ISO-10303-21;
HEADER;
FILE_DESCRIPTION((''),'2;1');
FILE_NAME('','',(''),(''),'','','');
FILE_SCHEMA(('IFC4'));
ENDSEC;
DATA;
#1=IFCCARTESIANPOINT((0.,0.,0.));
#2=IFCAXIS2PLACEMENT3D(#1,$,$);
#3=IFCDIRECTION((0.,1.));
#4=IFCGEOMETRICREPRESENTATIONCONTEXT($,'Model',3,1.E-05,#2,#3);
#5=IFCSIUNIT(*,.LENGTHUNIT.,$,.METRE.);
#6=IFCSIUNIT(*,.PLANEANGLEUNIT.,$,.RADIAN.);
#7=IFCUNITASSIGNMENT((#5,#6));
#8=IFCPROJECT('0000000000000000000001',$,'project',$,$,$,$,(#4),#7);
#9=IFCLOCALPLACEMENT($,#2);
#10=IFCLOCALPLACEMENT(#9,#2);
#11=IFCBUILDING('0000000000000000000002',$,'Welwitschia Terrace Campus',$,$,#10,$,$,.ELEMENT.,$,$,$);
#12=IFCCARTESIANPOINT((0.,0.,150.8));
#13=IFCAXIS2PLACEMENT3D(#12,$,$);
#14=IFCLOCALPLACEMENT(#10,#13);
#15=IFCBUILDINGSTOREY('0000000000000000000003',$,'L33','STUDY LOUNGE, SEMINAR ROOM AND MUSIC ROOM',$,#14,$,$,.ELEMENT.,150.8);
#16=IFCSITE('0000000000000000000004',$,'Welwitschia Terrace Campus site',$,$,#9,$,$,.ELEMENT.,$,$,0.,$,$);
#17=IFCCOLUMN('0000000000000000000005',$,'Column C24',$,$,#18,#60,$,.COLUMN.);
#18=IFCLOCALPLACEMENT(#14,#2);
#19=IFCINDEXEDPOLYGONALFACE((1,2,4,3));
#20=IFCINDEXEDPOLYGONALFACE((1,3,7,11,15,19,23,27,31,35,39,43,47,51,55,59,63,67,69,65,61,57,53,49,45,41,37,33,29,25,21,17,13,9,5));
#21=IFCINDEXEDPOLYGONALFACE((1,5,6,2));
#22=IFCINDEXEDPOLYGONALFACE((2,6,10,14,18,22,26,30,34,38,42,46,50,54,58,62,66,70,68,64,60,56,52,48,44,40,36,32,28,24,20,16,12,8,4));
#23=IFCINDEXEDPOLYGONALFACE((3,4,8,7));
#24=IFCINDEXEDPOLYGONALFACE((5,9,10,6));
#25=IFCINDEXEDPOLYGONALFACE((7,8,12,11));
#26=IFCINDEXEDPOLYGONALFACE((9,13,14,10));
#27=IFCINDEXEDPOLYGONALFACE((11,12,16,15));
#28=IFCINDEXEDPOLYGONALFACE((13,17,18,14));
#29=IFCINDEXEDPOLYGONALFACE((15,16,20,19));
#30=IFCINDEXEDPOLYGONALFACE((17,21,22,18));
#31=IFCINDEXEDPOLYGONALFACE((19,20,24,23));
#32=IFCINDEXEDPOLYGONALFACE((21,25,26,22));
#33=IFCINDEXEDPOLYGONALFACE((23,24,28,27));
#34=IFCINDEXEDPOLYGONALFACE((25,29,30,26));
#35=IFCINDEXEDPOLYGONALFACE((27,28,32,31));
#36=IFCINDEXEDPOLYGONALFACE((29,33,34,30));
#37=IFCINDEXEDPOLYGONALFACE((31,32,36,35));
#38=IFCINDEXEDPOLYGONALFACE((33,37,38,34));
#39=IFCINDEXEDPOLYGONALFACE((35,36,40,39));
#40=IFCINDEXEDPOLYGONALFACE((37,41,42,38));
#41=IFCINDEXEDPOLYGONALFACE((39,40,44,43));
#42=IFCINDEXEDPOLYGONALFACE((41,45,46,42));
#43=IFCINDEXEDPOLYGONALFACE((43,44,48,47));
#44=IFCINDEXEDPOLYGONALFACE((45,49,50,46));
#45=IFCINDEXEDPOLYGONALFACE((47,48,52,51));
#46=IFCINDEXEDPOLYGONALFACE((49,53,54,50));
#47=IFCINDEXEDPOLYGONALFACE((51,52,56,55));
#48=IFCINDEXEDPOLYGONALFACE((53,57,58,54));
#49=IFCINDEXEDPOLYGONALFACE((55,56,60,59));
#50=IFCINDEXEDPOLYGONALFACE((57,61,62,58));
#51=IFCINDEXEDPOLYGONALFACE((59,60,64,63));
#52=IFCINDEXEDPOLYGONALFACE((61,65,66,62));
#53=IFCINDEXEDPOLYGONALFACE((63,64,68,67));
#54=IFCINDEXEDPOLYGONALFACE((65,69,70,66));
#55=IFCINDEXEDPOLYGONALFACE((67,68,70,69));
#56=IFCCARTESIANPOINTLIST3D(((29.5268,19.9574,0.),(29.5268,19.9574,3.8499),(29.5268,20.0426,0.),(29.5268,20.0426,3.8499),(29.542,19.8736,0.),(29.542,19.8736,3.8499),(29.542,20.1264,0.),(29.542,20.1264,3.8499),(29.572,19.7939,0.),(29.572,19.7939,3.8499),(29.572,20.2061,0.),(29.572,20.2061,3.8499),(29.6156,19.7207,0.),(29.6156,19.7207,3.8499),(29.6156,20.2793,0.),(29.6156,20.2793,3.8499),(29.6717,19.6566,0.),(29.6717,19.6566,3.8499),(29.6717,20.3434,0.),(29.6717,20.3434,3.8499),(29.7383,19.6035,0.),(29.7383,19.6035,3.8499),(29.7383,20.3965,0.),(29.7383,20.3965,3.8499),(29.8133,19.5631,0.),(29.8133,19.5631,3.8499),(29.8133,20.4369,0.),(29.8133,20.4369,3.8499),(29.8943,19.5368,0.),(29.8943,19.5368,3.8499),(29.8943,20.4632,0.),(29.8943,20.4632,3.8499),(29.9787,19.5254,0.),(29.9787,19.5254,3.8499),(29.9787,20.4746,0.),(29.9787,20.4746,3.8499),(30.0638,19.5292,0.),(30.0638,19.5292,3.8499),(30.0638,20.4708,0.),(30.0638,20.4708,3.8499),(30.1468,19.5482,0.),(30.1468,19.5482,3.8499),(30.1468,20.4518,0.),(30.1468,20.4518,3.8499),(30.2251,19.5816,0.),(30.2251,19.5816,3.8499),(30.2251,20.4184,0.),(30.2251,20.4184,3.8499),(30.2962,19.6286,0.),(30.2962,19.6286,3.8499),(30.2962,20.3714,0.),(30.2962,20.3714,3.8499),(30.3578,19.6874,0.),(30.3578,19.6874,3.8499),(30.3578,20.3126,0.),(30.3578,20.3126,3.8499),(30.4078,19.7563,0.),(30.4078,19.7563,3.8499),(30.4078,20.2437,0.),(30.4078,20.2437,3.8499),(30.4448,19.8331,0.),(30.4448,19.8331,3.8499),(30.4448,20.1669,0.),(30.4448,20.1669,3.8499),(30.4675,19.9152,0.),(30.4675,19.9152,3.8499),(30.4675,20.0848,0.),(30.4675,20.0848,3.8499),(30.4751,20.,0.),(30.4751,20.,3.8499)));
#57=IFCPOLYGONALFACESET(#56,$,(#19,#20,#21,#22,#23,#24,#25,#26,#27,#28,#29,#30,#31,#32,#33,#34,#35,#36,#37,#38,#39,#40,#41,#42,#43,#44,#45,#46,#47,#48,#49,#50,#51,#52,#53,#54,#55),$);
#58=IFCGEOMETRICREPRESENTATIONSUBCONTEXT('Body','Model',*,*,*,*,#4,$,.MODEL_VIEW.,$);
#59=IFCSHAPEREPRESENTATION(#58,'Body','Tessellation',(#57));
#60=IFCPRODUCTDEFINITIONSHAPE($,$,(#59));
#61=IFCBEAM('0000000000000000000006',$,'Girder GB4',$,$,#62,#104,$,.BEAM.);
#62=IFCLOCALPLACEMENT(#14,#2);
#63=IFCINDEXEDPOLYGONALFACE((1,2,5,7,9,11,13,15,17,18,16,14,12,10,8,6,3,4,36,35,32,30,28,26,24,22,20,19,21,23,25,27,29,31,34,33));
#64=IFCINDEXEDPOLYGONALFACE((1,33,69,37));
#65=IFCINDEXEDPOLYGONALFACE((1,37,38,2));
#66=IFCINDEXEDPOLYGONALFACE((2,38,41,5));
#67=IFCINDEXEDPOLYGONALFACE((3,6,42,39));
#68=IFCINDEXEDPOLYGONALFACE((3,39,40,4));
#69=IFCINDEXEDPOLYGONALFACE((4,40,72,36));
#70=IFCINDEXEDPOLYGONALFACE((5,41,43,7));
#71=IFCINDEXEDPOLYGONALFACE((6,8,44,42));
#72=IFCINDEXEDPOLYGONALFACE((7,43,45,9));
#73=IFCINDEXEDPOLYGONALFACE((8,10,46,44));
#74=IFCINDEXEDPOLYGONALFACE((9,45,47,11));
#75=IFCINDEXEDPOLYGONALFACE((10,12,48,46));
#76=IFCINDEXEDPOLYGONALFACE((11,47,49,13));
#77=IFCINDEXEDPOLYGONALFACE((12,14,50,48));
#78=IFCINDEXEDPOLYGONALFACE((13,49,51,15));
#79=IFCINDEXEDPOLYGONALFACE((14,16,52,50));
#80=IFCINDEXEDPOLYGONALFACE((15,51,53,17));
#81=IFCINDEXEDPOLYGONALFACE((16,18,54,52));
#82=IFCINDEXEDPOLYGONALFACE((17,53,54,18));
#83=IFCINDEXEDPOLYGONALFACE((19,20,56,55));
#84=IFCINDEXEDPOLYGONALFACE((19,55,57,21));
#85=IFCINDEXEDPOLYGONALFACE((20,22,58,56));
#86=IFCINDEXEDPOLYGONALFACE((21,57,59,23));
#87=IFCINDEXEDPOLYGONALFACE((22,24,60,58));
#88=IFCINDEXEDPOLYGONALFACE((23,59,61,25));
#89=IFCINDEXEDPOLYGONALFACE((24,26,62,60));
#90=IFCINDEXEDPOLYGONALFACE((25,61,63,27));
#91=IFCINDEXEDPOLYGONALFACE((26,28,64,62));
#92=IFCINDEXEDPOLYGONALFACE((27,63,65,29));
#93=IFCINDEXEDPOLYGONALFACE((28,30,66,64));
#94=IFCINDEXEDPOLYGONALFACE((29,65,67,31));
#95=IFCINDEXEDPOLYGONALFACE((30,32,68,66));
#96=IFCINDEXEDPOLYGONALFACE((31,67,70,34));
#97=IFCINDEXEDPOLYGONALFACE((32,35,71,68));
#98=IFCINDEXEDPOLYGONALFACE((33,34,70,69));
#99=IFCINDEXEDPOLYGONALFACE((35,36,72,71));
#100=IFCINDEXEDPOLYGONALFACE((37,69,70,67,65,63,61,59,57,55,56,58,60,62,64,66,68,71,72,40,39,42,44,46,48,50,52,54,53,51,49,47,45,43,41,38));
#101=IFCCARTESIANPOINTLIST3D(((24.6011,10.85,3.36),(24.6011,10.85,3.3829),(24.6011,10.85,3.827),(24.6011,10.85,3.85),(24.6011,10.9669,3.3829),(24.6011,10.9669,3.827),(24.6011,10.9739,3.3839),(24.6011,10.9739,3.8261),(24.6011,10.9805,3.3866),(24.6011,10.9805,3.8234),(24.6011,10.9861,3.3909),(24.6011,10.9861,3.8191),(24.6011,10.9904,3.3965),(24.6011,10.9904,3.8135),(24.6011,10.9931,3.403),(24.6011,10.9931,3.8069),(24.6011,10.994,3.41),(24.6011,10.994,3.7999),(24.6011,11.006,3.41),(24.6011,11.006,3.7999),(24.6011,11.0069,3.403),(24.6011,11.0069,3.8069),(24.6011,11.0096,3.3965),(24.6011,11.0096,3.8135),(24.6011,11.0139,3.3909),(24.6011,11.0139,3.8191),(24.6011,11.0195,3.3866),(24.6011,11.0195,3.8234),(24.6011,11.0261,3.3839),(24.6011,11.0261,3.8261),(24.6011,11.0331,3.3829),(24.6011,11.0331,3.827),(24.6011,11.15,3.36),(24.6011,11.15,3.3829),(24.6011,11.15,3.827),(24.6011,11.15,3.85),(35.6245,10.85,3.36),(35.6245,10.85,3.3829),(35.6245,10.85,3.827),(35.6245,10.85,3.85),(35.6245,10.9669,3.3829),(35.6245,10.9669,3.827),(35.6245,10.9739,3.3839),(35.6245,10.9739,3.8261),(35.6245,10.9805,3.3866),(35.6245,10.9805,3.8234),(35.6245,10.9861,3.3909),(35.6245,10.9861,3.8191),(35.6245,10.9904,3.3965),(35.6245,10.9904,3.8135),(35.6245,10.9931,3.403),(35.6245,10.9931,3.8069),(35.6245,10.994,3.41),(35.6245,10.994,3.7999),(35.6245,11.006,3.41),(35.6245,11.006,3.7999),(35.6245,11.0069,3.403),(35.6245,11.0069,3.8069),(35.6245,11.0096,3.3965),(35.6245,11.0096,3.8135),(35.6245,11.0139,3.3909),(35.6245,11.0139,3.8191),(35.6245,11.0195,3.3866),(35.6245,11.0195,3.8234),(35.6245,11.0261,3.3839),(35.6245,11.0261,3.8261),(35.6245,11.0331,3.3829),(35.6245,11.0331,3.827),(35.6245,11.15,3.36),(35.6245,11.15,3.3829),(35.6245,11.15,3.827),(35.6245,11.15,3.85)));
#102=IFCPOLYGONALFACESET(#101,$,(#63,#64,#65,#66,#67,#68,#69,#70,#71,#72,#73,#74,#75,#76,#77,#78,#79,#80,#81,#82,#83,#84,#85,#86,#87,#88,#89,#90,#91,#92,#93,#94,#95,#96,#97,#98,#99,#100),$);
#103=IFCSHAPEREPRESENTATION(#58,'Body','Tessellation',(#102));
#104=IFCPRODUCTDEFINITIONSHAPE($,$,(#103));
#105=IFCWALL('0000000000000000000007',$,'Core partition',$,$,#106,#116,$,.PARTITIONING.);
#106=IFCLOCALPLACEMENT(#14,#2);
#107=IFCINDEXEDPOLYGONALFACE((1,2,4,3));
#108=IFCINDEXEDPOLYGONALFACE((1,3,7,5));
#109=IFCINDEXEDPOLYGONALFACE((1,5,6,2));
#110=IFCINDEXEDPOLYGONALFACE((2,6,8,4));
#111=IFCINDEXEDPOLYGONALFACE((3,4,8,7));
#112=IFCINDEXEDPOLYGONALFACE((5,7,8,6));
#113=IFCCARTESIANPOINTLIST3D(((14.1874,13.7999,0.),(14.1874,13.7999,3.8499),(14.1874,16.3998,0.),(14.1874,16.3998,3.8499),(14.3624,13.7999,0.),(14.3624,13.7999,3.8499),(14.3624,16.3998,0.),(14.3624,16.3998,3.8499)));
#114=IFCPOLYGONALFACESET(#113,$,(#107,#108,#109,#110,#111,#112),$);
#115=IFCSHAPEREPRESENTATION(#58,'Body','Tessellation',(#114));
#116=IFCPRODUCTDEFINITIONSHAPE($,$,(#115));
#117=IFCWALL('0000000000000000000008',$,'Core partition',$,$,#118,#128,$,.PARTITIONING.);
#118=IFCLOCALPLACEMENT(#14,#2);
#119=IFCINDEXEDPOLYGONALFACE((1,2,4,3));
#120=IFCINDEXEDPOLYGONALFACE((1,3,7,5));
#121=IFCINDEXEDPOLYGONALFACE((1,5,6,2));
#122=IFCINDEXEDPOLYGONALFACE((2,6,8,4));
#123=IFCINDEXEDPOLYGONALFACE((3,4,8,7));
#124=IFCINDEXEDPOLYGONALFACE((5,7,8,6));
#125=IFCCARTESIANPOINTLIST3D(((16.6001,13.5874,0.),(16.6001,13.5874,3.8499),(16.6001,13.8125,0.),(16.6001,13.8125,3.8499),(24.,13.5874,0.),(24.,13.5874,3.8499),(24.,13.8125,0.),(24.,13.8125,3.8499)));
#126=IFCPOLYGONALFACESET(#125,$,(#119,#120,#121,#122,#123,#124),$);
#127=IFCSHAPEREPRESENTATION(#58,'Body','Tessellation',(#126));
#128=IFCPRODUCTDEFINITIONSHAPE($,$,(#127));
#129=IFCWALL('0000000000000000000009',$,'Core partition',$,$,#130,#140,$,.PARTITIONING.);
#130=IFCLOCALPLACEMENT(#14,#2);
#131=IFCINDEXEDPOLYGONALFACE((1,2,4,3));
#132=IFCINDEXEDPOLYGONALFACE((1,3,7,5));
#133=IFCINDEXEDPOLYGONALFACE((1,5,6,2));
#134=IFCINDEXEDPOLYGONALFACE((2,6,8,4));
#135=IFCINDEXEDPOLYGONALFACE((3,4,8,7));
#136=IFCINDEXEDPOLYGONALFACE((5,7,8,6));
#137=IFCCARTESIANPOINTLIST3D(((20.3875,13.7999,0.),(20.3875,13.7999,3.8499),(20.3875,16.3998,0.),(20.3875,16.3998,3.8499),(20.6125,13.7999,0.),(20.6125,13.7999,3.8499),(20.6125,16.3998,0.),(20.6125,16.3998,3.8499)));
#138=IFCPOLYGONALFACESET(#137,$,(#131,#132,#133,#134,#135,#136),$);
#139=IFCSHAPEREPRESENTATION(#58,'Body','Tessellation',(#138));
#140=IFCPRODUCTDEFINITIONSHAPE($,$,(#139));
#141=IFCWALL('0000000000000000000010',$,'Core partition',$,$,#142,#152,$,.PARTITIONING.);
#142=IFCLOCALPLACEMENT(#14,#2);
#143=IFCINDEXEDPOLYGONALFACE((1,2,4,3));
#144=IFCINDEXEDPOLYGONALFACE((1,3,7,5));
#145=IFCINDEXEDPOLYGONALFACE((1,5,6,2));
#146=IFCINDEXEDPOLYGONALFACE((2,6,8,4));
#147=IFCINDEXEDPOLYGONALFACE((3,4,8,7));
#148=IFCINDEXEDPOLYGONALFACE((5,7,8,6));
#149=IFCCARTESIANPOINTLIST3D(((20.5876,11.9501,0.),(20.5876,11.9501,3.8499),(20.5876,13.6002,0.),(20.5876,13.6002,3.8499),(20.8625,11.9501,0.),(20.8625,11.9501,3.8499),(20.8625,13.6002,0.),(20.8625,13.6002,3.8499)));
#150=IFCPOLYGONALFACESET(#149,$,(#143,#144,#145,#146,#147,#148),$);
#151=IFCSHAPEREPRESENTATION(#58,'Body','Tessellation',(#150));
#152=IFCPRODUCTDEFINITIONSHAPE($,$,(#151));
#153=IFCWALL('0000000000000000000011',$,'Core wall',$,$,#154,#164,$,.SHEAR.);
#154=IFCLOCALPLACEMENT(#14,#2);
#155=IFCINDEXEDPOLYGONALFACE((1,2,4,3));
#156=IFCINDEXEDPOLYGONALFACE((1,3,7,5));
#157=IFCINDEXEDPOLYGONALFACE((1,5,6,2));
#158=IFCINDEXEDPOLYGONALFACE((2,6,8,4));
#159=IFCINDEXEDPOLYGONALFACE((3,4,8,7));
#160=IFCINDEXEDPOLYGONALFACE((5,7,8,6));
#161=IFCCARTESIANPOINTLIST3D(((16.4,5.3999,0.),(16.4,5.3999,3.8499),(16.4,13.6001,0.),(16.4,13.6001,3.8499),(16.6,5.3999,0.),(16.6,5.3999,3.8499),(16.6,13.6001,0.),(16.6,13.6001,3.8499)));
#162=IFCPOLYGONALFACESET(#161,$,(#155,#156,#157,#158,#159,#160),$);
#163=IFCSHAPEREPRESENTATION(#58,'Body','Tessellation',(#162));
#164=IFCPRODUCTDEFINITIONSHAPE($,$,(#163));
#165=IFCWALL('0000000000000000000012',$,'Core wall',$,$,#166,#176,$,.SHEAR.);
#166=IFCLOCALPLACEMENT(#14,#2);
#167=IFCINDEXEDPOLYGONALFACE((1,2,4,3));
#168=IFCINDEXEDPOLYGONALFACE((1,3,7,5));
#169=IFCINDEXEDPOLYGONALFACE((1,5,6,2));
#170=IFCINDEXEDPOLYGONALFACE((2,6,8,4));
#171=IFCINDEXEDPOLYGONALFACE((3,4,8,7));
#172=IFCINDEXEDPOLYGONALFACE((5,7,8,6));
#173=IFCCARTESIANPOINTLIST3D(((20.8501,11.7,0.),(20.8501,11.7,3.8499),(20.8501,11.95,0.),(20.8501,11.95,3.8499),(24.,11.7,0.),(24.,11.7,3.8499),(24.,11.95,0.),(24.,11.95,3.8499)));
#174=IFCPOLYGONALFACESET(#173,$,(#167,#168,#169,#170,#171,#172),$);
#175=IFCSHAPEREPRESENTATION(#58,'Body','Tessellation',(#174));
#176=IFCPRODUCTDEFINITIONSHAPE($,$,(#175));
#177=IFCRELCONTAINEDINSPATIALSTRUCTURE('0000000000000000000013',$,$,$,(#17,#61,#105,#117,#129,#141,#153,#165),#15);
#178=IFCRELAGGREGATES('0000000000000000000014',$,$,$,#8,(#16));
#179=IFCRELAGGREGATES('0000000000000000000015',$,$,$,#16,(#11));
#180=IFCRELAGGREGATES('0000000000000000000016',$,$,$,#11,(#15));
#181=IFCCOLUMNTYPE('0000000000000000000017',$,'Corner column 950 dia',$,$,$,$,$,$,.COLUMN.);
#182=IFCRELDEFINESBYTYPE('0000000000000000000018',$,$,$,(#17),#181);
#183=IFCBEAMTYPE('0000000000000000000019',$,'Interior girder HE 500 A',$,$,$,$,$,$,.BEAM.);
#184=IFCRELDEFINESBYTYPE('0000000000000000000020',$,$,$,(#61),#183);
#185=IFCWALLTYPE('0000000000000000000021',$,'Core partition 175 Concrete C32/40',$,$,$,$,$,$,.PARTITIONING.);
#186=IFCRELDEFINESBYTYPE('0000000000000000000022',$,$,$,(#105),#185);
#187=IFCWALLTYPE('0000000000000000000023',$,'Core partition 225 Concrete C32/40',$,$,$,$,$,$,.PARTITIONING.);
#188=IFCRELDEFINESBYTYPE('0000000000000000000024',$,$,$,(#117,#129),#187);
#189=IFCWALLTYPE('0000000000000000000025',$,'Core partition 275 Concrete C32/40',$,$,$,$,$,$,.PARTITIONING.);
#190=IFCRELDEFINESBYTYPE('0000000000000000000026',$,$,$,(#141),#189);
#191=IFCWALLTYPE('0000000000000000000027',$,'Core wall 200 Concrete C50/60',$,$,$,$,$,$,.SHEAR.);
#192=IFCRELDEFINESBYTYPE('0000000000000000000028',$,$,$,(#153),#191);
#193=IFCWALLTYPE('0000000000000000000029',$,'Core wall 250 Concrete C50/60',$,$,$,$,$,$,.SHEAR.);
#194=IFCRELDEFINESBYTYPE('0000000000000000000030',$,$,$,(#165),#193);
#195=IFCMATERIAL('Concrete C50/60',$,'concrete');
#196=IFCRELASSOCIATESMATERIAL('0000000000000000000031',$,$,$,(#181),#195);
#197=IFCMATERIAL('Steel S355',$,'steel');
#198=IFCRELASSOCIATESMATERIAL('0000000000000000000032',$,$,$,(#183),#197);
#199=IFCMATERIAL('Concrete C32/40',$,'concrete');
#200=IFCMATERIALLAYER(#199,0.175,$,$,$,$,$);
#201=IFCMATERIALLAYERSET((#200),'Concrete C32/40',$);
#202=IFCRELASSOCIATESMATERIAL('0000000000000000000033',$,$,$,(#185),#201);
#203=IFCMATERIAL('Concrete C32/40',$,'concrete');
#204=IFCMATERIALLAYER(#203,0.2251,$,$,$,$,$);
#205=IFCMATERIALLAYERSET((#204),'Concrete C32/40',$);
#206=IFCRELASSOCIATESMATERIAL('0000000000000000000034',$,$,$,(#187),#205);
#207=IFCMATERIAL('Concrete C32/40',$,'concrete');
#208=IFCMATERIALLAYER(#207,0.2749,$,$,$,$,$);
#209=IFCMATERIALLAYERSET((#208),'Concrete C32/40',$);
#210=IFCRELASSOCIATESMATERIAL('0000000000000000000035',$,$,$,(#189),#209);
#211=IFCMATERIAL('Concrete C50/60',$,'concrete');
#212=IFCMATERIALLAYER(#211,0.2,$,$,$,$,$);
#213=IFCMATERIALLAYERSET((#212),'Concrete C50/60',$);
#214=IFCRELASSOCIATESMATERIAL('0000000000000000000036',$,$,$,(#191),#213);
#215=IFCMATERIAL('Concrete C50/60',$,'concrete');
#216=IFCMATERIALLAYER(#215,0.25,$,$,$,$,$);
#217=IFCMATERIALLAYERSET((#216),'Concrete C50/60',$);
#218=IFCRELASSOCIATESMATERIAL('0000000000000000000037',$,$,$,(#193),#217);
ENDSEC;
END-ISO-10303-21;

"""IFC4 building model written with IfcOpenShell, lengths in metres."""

from ifc_helpers import new_model, si_unit, direction, frame, frame_2d, origin, origin_2d, place, context, subcontext, project, spatial, rectangle, circle, i_section, extrude, material, layer, layer_set, material_profile, profile_set, type_object, element, save


model = new_model("IFC4")

# Units and contexts
model_context = context("Model", 3, precision=1e-05, world=origin(), true_north=direction((0.0, 1.0)))
body_context = subcontext(model_context, "Body", "Model", "MODEL_VIEW")
ifc_project = project(units=[si_unit("LENGTHUNIT", "METRE"), si_unit("PLANEANGLEUNIT", "RADIAN")], contexts=[model_context])

# Site, building, storey
site_placement = place(None, origin())
site = spatial("IfcSite", under=ifc_project, at=site_placement, Name="Welwitschia Terrace Campus site", CompositionType="ELEMENT", RefElevation=0.0)
building_placement = place(site_placement, origin())
building = spatial("IfcBuilding", under=site, at=building_placement, Name="Welwitschia Terrace Campus", CompositionType="ELEMENT")
storey_placement = place(building_placement, frame((0.0, 0.0, 150.8)))
storey = spatial("IfcBuildingStorey", under=building, at=storey_placement, Name="L33", Description="STUDY LOUNGE, SEMINAR ROOM AND MUSIC ROOM", CompositionType="ELEMENT", Elevation=150.8)

# Column
ifc_material_1 = material(Name="Concrete C50/60", Category="concrete")
ifc_material_profile_1 = material_profile(ifc_material_1, circle(Radius=0.4751, at=origin_2d()))
ifc_profile_set_1 = profile_set([ifc_material_profile_1], Name="Concrete C50/60")
column_type = type_object("IfcColumnType", Name="Corner column 950 dia", PredefinedType="COLUMN", material=ifc_profile_set_1)
column_placement = place(storey_placement, frame((30.0, 20.0, 0.0), z_axis=(0.0, 0.0, 1.0), x_axis=(1.0, 0.0, 0.0)))
element("IfcColumn", 1, at=column_placement, inside=storey, type_object=column_type, Name="Column C24", PredefinedType="COLUMN", context=body_context, shape_type="SweptSolid", body=[
    extrude(circle(Radius=0.4751, at=origin_2d()), origin(), (0.0, 0.0, 1.0), 3.8499),
])

# Beam
ifc_material_2 = material(Name="Steel S355", Category="steel")
ifc_material_profile_2 = material_profile(ifc_material_2, i_section(OverallWidth=0.3, OverallDepth=0.49, WebThickness=0.012, FlangeThickness=0.0229, FilletRadius=0.0271, at=origin_2d()))
ifc_profile_set_2 = profile_set([ifc_material_profile_2], Name="Steel S355")
beam_type = type_object("IfcBeamType", Name="Interior girder HE 500 A", PredefinedType="BEAM", material=ifc_profile_set_2)
beam_placement = place(storey_placement, frame((24.6011, 11.0, 3.605), z_axis=(1.0, 0.0, 0.0), x_axis=(0.0, 1.0, 0.0)))
element("IfcBeam", 2, at=beam_placement, inside=storey, type_object=beam_type, Name="Girder GB4", PredefinedType="BEAM", context=body_context, shape_type="SweptSolid", body=[
    extrude(i_section(OverallWidth=0.3, OverallDepth=0.49, WebThickness=0.012, FlangeThickness=0.0229, FilletRadius=0.0271, at=origin_2d()), origin(), (0.0, 0.0, 1.0), 11.0234),
])

# Walls
ifc_material_3 = material(Name="Concrete C32/40", Category="concrete")
ifc_layer_1 = layer(ifc_material_3, 0.175)
ifc_layer_set_1 = layer_set([ifc_layer_1], Name="Concrete C32/40")
wall_type_1 = type_object("IfcWallType", Name="Core partition 175 Concrete C32/40", PredefinedType="PARTITIONING", material=ifc_layer_set_1)
wall_1_placement = place(storey_placement, frame((14.2749, 13.8, 0.0), z_axis=(0.0, 0.0, 1.0), x_axis=(0.0, 1.0, 0.0)))
element("IfcWall", 3, at=wall_1_placement, inside=storey, type_object=wall_type_1, Name="Core partition", PredefinedType="PARTITIONING", context=body_context, shape_type="SweptSolid", body=[
    extrude(rectangle(XDim=2.5999, YDim=0.175, at=frame_2d((1.2998, 0.0))), origin(), (0.0, 0.0, 1.0), 3.8499),
])
ifc_material_4 = material(Name="Concrete C32/40", Category="concrete")
ifc_layer_2 = layer(ifc_material_4, 0.2251)
ifc_layer_set_2 = layer_set([ifc_layer_2], Name="Concrete C32/40")
wall_type_2 = type_object("IfcWallType", Name="Core partition 225 Concrete C32/40", PredefinedType="PARTITIONING", material=ifc_layer_set_2)
wall_2_placement = place(storey_placement, frame((16.6001, 13.7, 0.0), z_axis=(0.0, 0.0, 1.0), x_axis=(1.0, 0.0, 0.0)))
element("IfcWall", 4, at=wall_2_placement, inside=storey, type_object=wall_type_2, Name="Core partition", PredefinedType="PARTITIONING", context=body_context, shape_type="SweptSolid", body=[
    extrude(rectangle(XDim=7.3999, YDim=0.2251, at=frame_2d((3.7, 0.0))), origin(), (0.0, 0.0, 1.0), 3.8499),
])
wall_3_placement = place(storey_placement, frame((20.5, 13.8, 0.0), z_axis=(0.0, 0.0, 1.0), x_axis=(0.0, 1.0, 0.0)))
element("IfcWall", 5, at=wall_3_placement, inside=storey, type_object=wall_type_2, Name="Core partition", PredefinedType="PARTITIONING", context=body_context, shape_type="SweptSolid", body=[
    extrude(rectangle(XDim=2.5999, YDim=0.2251, at=frame_2d((1.2998, 0.0))), origin(), (0.0, 0.0, 1.0), 3.8499),
])
ifc_material_5 = material(Name="Concrete C32/40", Category="concrete")
ifc_layer_3 = layer(ifc_material_5, 0.2749)
ifc_layer_set_3 = layer_set([ifc_layer_3], Name="Concrete C32/40")
wall_type_3 = type_object("IfcWallType", Name="Core partition 275 Concrete C32/40", PredefinedType="PARTITIONING", material=ifc_layer_set_3)
wall_4_placement = place(storey_placement, frame((20.7251, 11.95, 0.0), z_axis=(0.0, 0.0, 1.0), x_axis=(0.0, 1.0, 0.0)))
element("IfcWall", 6, at=wall_4_placement, inside=storey, type_object=wall_type_3, Name="Core partition", PredefinedType="PARTITIONING", context=body_context, shape_type="SweptSolid", body=[
    extrude(rectangle(XDim=1.6501, YDim=0.2749, at=frame_2d((0.8252, 0.0))), origin(), (0.0, 0.0, 1.0), 3.8499),
])
ifc_material_6 = material(Name="Concrete C50/60", Category="concrete")
ifc_layer_4 = layer(ifc_material_6, 0.2)
ifc_layer_set_4 = layer_set([ifc_layer_4], Name="Concrete C50/60")
wall_type_4 = type_object("IfcWallType", Name="Core wall 200 Concrete C50/60", PredefinedType="SHEAR", material=ifc_layer_set_4)
wall_5_placement = place(storey_placement, frame((16.5, 5.3999, 0.0), z_axis=(0.0, 0.0, 1.0), x_axis=(0.0, 1.0, 0.0)))
element("IfcWall", 7, at=wall_5_placement, inside=storey, type_object=wall_type_4, Name="Core wall", PredefinedType="SHEAR", context=body_context, shape_type="SweptSolid", body=[
    extrude(rectangle(XDim=8.2002, YDim=0.2, at=frame_2d((4.1001, 0.0))), origin(), (0.0, 0.0, 1.0), 3.8499),
])
ifc_material_7 = material(Name="Concrete C50/60", Category="concrete")
ifc_layer_5 = layer(ifc_material_7, 0.25)
ifc_layer_set_5 = layer_set([ifc_layer_5], Name="Concrete C50/60")
wall_type_5 = type_object("IfcWallType", Name="Core wall 250 Concrete C50/60", PredefinedType="SHEAR", material=ifc_layer_set_5)
wall_6_placement = place(storey_placement, frame((20.8501, 11.825, 0.0), z_axis=(0.0, 0.0, 1.0), x_axis=(1.0, 0.0, 0.0)))
element("IfcWall", 8, at=wall_6_placement, inside=storey, type_object=wall_type_5, Name="Core wall", PredefinedType="SHEAR", context=body_context, shape_type="SweptSolid", body=[
    extrude(rectangle(XDim=3.1499, YDim=0.25, at=frame_2d((1.575, 0.0))), origin(), (0.0, 0.0, 1.0), 3.8499),
])

save(model, "model.ifc")
